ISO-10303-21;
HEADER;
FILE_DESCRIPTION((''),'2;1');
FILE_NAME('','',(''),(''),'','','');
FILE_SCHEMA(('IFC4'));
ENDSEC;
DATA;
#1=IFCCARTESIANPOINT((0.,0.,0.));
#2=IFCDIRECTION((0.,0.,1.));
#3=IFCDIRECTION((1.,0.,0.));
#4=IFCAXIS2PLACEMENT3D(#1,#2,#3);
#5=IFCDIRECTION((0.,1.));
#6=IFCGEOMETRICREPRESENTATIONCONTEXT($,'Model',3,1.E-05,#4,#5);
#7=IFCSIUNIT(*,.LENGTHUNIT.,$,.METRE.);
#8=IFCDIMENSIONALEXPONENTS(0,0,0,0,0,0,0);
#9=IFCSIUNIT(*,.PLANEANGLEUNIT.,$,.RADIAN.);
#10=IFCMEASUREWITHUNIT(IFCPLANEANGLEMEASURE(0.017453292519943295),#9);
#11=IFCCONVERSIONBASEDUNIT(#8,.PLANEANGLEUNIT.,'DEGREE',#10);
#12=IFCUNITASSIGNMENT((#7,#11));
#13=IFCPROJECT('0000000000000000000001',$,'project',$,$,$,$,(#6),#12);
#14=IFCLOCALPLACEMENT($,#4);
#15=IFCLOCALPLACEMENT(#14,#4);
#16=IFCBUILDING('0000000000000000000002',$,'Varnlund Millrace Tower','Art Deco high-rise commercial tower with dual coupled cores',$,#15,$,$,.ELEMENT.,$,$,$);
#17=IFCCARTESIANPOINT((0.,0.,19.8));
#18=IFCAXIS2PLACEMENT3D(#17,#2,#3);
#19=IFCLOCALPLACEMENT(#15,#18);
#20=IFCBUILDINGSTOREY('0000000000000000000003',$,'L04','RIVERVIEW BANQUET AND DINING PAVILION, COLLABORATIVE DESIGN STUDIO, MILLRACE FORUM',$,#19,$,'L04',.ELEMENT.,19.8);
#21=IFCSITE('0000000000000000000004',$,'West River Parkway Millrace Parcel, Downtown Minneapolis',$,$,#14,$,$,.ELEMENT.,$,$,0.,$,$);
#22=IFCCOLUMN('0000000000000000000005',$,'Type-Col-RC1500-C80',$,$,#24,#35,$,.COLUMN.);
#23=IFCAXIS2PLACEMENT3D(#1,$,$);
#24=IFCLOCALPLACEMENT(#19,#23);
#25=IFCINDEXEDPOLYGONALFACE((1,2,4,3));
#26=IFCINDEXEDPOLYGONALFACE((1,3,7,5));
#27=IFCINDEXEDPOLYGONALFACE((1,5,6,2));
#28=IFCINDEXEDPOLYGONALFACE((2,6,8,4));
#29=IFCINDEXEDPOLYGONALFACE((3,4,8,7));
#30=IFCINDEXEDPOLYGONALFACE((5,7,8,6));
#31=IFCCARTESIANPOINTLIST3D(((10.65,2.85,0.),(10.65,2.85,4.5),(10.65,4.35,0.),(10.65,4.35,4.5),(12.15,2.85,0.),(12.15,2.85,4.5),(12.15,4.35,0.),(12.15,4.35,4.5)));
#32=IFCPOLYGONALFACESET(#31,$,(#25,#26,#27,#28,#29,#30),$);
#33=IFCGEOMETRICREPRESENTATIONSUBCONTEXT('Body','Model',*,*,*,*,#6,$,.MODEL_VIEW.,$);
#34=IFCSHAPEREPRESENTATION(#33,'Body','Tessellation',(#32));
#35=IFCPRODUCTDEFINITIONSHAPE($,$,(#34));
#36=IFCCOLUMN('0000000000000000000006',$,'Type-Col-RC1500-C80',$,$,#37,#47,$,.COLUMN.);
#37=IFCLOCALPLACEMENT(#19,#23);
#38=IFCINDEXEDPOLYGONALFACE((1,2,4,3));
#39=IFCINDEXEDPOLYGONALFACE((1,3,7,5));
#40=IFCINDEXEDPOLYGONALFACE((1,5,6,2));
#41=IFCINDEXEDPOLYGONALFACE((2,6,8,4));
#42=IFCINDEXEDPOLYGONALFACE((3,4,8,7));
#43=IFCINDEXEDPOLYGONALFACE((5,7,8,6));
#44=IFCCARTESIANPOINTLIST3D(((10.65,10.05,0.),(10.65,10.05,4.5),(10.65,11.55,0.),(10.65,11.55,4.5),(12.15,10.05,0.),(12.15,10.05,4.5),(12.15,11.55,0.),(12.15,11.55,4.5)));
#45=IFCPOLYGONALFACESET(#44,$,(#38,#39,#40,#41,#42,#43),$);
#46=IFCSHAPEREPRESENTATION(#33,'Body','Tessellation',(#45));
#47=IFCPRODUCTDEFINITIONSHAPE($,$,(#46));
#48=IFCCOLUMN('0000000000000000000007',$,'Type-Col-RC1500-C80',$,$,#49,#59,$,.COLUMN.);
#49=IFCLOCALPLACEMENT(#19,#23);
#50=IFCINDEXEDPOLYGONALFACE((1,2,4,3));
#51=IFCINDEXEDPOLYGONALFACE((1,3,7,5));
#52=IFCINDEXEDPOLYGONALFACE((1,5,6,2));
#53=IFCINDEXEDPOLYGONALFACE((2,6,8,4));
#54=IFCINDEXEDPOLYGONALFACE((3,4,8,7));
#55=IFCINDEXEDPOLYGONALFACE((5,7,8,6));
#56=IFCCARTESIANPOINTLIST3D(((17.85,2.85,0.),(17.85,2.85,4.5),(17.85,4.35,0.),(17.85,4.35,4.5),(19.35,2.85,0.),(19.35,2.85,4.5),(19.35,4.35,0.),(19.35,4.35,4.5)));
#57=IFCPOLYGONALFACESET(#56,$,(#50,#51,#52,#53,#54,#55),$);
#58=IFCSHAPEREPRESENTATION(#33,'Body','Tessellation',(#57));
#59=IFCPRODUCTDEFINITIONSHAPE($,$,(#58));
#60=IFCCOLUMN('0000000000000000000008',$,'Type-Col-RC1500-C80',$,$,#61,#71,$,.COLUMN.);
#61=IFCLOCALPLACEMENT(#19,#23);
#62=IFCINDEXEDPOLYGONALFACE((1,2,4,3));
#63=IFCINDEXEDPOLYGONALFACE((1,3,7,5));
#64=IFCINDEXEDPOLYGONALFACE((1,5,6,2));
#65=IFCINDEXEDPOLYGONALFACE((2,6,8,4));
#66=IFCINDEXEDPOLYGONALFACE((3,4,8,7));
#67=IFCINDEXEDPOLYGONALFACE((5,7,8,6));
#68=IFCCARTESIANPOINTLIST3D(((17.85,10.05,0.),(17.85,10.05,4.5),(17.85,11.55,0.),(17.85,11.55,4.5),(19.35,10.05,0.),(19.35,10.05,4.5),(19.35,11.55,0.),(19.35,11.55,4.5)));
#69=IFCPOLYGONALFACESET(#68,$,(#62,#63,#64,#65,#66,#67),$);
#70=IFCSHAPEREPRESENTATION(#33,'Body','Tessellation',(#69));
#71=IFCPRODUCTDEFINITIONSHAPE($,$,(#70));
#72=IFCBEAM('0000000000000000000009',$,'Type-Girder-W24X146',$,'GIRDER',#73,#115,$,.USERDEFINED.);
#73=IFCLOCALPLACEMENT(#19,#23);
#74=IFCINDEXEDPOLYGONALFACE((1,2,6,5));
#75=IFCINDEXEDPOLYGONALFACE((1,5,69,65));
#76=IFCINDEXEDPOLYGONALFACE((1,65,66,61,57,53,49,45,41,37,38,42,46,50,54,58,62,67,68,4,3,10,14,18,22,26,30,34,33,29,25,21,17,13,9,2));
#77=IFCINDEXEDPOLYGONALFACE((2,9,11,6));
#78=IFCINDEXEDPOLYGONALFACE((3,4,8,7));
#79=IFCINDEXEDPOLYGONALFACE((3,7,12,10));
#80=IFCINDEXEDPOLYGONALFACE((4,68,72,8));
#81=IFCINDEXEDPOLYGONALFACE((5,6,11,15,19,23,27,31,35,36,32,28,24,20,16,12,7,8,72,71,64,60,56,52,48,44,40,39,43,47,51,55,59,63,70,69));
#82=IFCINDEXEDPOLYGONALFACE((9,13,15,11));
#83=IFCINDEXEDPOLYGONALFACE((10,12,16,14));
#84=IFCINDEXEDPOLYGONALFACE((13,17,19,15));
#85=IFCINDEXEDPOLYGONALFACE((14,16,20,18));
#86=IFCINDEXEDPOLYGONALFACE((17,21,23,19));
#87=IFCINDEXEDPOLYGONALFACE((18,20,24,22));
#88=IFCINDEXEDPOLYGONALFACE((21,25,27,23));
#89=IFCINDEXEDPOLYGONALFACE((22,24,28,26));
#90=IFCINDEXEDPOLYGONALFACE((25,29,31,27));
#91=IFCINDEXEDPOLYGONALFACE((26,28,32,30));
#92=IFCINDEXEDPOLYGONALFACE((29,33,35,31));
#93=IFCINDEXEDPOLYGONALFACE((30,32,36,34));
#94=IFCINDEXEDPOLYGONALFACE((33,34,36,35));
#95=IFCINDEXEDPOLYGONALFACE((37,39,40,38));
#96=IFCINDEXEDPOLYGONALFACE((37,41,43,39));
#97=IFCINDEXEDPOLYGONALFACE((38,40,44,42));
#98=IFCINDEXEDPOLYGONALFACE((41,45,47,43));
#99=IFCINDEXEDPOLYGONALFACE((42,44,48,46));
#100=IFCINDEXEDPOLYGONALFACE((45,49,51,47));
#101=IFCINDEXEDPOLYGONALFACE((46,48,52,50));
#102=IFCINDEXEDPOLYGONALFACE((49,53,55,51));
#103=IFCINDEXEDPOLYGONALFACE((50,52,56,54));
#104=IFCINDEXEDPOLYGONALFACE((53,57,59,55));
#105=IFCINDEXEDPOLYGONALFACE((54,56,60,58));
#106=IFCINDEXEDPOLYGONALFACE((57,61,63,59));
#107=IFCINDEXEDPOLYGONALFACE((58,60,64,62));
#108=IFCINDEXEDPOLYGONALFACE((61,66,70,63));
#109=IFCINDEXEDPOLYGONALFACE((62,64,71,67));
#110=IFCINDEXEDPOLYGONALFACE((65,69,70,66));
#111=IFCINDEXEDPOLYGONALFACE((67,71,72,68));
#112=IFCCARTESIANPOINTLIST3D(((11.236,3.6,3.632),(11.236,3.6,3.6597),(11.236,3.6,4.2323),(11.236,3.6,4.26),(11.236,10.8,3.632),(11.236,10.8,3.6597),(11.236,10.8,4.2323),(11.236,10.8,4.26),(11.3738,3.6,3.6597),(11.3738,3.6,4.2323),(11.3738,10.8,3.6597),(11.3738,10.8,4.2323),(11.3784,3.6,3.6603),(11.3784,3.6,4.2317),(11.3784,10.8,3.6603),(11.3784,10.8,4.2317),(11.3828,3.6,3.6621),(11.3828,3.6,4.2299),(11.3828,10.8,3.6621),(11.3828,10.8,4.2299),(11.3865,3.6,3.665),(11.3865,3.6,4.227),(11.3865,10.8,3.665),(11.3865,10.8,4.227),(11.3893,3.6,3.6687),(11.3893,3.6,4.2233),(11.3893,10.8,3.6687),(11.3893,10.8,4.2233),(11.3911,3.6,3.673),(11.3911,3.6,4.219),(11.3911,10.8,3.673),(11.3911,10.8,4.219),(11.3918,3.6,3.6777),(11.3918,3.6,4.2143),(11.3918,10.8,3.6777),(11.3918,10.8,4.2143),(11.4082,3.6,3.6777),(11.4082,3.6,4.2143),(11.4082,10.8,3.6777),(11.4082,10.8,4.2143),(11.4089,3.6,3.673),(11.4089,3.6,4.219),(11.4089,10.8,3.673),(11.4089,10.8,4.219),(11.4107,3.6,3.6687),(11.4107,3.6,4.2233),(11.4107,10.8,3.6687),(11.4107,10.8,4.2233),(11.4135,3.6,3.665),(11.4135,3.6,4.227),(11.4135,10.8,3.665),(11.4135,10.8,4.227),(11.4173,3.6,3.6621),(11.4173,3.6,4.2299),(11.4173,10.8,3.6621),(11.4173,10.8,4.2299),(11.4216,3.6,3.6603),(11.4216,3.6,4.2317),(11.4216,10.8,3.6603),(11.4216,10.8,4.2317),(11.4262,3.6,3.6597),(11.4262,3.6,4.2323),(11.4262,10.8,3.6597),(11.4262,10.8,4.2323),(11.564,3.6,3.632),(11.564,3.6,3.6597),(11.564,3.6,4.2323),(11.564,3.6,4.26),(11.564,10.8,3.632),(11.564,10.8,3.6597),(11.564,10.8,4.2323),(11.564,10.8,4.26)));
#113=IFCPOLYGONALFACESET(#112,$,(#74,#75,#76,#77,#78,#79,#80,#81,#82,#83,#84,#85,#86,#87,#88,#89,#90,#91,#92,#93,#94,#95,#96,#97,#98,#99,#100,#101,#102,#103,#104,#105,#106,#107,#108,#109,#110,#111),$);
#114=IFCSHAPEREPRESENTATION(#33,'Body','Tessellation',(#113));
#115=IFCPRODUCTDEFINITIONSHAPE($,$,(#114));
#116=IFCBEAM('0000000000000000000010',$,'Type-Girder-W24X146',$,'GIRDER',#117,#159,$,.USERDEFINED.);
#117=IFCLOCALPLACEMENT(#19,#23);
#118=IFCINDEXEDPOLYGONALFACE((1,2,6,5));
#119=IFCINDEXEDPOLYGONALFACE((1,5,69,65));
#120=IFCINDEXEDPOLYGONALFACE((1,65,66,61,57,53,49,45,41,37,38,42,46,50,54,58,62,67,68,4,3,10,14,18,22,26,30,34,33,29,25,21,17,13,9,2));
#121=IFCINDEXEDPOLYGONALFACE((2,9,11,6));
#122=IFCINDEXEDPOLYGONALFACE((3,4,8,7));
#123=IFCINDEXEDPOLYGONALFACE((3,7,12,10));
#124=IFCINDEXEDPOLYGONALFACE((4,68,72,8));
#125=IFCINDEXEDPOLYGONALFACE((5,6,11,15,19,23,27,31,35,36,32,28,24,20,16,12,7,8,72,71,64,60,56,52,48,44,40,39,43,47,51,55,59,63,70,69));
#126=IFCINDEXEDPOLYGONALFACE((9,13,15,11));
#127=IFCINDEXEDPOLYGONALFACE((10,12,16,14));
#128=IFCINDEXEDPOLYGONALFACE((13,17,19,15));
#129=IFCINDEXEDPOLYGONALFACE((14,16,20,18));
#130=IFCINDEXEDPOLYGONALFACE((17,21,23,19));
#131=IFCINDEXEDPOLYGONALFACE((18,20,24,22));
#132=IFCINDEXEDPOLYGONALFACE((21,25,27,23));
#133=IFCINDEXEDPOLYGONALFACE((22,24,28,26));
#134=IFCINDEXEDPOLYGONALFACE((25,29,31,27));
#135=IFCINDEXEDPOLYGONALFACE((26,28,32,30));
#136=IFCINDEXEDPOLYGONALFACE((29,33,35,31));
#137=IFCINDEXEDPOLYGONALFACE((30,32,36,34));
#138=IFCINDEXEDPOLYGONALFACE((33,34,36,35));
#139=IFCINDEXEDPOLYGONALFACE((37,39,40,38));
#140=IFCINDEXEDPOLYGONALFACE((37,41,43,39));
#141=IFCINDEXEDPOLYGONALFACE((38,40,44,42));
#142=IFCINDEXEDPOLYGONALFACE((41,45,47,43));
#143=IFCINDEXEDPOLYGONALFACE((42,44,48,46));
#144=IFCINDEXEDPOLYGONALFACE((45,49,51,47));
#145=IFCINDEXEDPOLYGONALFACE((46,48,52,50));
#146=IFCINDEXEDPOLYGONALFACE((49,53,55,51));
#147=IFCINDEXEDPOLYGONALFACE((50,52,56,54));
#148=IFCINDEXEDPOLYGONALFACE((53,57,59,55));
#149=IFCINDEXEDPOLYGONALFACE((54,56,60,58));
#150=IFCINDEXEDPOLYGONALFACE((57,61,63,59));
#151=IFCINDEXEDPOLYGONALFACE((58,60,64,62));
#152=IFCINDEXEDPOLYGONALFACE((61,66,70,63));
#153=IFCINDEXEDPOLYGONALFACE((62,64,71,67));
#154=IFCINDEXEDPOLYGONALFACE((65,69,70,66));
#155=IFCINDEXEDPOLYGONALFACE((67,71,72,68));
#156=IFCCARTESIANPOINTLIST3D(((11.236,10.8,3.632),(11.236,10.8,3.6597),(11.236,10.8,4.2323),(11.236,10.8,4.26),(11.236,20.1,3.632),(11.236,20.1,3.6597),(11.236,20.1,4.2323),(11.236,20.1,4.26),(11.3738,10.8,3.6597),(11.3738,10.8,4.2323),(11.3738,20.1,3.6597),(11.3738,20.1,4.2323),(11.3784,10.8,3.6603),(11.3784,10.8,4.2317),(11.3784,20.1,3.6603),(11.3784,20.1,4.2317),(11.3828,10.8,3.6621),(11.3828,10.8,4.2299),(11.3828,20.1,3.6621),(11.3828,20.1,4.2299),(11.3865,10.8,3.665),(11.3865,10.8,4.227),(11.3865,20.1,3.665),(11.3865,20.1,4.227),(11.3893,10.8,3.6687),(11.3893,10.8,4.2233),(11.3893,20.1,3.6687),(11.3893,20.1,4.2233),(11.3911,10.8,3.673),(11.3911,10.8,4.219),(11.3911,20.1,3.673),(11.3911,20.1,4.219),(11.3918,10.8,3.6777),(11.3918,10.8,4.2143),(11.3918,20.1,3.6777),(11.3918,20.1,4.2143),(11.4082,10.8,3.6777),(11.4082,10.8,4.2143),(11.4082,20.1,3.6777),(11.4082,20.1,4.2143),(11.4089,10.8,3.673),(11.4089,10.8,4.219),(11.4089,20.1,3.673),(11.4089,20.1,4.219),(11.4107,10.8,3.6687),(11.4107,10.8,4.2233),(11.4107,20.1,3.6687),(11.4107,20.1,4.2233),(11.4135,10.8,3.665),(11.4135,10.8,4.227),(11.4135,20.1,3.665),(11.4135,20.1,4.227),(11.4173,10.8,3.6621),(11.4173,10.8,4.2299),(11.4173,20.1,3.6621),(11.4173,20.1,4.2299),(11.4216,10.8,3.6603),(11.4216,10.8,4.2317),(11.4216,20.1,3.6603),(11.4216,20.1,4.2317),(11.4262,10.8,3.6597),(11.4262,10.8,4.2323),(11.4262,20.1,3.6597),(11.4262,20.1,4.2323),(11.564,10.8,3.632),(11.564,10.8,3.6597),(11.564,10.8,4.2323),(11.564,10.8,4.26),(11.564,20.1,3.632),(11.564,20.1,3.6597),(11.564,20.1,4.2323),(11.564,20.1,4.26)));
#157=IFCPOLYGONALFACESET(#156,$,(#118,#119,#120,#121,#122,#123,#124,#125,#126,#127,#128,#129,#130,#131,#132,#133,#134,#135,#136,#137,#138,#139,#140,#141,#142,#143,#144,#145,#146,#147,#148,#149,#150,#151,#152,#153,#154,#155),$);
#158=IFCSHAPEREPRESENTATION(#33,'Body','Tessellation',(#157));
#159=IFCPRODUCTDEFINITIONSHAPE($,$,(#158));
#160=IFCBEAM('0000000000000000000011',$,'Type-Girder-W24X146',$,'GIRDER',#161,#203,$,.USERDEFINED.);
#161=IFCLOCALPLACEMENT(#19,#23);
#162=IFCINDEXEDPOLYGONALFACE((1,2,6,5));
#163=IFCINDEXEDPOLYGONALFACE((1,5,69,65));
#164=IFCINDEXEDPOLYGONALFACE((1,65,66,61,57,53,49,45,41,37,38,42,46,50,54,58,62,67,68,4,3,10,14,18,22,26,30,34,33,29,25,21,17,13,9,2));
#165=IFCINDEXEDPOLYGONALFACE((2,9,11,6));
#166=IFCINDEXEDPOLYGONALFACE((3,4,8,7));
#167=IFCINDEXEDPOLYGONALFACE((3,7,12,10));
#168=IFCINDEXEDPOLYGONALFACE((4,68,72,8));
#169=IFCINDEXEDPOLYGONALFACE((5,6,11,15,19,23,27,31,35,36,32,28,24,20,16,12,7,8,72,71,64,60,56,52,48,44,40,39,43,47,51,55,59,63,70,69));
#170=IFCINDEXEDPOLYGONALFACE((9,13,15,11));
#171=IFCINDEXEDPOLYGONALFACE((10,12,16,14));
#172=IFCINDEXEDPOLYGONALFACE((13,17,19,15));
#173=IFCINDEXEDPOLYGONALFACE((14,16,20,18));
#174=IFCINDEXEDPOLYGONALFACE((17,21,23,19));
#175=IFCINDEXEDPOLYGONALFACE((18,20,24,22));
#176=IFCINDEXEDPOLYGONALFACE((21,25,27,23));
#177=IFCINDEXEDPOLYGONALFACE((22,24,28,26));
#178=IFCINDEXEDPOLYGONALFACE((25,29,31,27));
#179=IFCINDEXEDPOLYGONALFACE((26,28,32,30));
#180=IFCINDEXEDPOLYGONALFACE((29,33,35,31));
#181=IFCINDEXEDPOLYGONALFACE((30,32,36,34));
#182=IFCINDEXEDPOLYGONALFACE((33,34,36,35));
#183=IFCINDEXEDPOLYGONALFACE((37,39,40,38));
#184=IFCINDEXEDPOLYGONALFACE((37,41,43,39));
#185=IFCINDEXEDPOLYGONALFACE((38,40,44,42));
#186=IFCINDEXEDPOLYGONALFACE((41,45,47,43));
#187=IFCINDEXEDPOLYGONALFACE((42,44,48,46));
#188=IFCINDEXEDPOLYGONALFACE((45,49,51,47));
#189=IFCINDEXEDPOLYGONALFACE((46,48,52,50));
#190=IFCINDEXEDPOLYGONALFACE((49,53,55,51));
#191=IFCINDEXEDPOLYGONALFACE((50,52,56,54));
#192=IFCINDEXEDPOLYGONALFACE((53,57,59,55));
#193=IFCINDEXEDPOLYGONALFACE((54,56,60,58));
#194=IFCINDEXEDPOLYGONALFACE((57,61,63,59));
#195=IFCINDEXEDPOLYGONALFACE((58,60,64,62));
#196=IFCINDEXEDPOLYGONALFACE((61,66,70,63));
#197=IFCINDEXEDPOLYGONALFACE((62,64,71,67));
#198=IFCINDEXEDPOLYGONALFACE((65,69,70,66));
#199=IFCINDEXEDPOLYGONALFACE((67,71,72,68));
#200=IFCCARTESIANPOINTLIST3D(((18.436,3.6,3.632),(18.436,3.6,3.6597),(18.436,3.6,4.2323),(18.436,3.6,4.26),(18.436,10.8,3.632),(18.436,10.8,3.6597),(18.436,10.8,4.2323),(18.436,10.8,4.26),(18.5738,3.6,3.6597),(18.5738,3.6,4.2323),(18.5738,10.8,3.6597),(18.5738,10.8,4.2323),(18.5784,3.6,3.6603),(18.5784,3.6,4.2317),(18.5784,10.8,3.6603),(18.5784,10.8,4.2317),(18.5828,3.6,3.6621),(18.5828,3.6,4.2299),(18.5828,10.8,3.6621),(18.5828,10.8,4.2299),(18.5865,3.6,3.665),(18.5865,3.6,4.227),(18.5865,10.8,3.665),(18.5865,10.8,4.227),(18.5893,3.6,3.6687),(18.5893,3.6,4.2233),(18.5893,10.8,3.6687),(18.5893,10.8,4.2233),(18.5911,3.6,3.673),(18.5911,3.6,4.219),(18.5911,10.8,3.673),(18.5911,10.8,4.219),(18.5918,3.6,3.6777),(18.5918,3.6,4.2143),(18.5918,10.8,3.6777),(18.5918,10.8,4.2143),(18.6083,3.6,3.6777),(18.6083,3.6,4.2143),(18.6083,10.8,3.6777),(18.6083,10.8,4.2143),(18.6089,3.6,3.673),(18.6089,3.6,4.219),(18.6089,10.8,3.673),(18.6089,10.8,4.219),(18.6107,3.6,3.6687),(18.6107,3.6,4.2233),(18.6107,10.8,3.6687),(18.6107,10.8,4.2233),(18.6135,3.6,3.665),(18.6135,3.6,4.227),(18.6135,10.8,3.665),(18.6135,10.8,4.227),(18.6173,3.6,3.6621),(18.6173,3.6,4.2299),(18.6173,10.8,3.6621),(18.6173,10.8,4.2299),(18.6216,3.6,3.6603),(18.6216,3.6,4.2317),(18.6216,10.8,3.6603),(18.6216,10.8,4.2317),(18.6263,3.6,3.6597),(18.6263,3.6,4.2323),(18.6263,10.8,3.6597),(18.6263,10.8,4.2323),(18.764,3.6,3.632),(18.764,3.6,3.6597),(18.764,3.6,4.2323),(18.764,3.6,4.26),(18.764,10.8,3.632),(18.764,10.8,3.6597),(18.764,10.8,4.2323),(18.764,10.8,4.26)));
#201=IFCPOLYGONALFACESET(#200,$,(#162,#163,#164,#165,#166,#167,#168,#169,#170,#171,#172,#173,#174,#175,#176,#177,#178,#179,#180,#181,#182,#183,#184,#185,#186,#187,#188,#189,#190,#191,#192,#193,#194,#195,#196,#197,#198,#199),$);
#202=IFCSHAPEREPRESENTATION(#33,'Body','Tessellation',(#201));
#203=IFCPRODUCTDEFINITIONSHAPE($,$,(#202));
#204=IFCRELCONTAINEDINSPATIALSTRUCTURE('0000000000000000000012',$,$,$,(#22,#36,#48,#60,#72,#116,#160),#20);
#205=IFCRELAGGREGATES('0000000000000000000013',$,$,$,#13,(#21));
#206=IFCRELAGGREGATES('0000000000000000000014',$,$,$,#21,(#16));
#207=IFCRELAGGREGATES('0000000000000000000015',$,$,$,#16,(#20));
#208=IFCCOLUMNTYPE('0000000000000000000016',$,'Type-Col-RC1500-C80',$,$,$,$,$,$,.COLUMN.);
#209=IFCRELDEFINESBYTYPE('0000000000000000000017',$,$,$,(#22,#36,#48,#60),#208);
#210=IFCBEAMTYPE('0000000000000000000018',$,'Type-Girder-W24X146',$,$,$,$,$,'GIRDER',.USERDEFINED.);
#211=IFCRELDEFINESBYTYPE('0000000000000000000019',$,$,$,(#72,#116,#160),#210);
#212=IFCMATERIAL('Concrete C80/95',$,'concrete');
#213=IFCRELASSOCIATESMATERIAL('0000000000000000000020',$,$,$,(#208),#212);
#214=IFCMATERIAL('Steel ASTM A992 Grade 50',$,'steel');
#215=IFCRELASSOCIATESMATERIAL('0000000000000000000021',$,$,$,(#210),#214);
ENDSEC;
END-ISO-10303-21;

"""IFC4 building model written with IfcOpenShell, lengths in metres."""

from ifc_helpers import new_model, entity, si_unit, converted_unit, direction, frame, origin_with_axes, origin_2d_with_axis, place, context, subcontext, project, spatial, rectangle, i_section, extrude, material, material_profile, profile_set, type_object, element, save


model = new_model("IFC4")

# Units and contexts
model_context = context("Model", 3, precision=1e-05, world=origin_with_axes(), true_north=direction((0.0, 1.0)))
body_context = subcontext(model_context, "Body", "Model", "MODEL_VIEW")
ifc_project = project(units=[si_unit("LENGTHUNIT", "METRE"), converted_unit("PLANEANGLEUNIT", "DEGREE", entity("IfcPlaneAngleMeasure", 0.017453292519943295), si_unit("PLANEANGLEUNIT", "RADIAN"), dimensions=[0, 0, 0, 0, 0, 0, 0])], contexts=[model_context])

# Site, building, storey
site_placement = place(None, origin_with_axes())
site = spatial("IfcSite", under=ifc_project, at=site_placement, Name="West River Parkway Millrace Parcel, Downtown Minneapolis", CompositionType="ELEMENT", RefElevation=0.0)
building_placement = place(site_placement, origin_with_axes())
building = spatial("IfcBuilding", under=site, at=building_placement, Name="Varnlund Millrace Tower", Description="Art Deco high-rise commercial tower with dual coupled cores", CompositionType="ELEMENT")
storey_placement = place(building_placement, frame((0.0, 0.0, 19.8), z_axis=(0.0, 0.0, 1.0), x_axis=(1.0, 0.0, 0.0)))
storey = spatial("IfcBuildingStorey", under=building, at=storey_placement, Name="L04", Description="RIVERVIEW BANQUET AND DINING PAVILION, COLLABORATIVE DESIGN STUDIO, MILLRACE FORUM", LongName="L04", CompositionType="ELEMENT", Elevation=19.8)

# Columns
ifc_material_1 = material(Name="Concrete C80/95", Category="concrete")
ifc_material_profile_1 = material_profile(ifc_material_1, rectangle(XDim=1.5, YDim=1.5, at=origin_2d_with_axis()), Name="Concrete C80/95")
ifc_profile_set_1 = profile_set([ifc_material_profile_1], Name="Concrete C80/95")
column_type = type_object("IfcColumnType", Name="Type-Col-RC1500-C80", PredefinedType="COLUMN", material=ifc_profile_set_1)
for number, where, z_axis, x_axis, name in (
    (1, (11.4, 3.6, 0.0), (0.0, 0.0, 1.0), (1.0, 0.0, 0.0), "Type-Col-RC1500-C80"),
    (2, (11.4, 10.8, 0.0), (0.0, 0.0, 1.0), (1.0, 0.0, 0.0), "Type-Col-RC1500-C80"),
    (3, (18.6, 3.6, 0.0), (0.0, 0.0, 1.0), (1.0, 0.0, 0.0), "Type-Col-RC1500-C80"),
    (4, (18.6, 10.8, 0.0), (0.0, 0.0, 1.0), (1.0, 0.0, 0.0), "Type-Col-RC1500-C80"),
):
    element("IfcColumn", number, at=place(storey_placement, frame(where, z_axis=z_axis, x_axis=x_axis)), inside=storey, type_object=column_type, Name=name, PredefinedType="COLUMN", context=body_context, shape_type="SweptSolid", body=[
        extrude(rectangle(XDim=1.5, YDim=1.5, at=origin_2d_with_axis()), origin_with_axes(), (0.0, 0.0, 1.0), 4.5),
    ])

# Beams
ifc_material_2 = material(Name="Steel ASTM A992 Grade 50", Category="steel")
ifc_material_profile_2 = material_profile(ifc_material_2, i_section(OverallWidth=0.328, OverallDepth=0.628, WebThickness=0.0165, FlangeThickness=0.0277, FilletRadius=0.018, at=origin_2d_with_axis()), Name="Steel ASTM A992 Grade 50")
ifc_profile_set_2 = profile_set([ifc_material_profile_2], Name="Steel ASTM A992 Grade 50")
beam_type_1 = type_object("IfcBeamType", Name="Type-Girder-W24X146", ElementType="GIRDER", PredefinedType="USERDEFINED", material=ifc_profile_set_2)
beam_1_placement = place(storey_placement, frame((11.4, 3.6, 3.946), z_axis=(0.0, 1.0, 0.0), x_axis=(-1.0, 0.0, 0.0)))
element("IfcBeam", 5, at=beam_1_placement, inside=storey, type_object=beam_type_1, Name="Type-Girder-W24X146", ObjectType="GIRDER", PredefinedType="USERDEFINED", context=body_context, shape_type="SweptSolid", body=[
    extrude(i_section(OverallWidth=0.328, OverallDepth=0.628, WebThickness=0.0165, FlangeThickness=0.0277, FilletRadius=0.018, at=origin_2d_with_axis()), origin_with_axes(), (0.0, 0.0, 1.0), 7.2),
])
beam_2_placement = place(storey_placement, frame((11.4, 10.8, 3.946), z_axis=(0.0, 1.0, 0.0), x_axis=(-1.0, 0.0, 0.0)))
element("IfcBeam", 6, at=beam_2_placement, inside=storey, type_object=beam_type_1, Name="Type-Girder-W24X146", ObjectType="GIRDER", PredefinedType="USERDEFINED", context=body_context, shape_type="SweptSolid", body=[
    extrude(i_section(OverallWidth=0.328, OverallDepth=0.628, WebThickness=0.0165, FlangeThickness=0.0277, FilletRadius=0.018, at=origin_2d_with_axis()), origin_with_axes(), (0.0, 0.0, 1.0), 9.3),
])
beam_3_placement = place(storey_placement, frame((18.6, 3.6, 3.946), z_axis=(0.0, 1.0, 0.0), x_axis=(-1.0, 0.0, 0.0)))
element("IfcBeam", 7, at=beam_3_placement, inside=storey, type_object=beam_type_1, Name="Type-Girder-W24X146", ObjectType="GIRDER", PredefinedType="USERDEFINED", context=body_context, shape_type="SweptSolid", body=[
    extrude(i_section(OverallWidth=0.328, OverallDepth=0.628, WebThickness=0.0165, FlangeThickness=0.0277, FilletRadius=0.018, at=origin_2d_with_axis()), origin_with_axes(), (0.0, 0.0, 1.0), 7.2),
])

save(model, "model.ifc")
